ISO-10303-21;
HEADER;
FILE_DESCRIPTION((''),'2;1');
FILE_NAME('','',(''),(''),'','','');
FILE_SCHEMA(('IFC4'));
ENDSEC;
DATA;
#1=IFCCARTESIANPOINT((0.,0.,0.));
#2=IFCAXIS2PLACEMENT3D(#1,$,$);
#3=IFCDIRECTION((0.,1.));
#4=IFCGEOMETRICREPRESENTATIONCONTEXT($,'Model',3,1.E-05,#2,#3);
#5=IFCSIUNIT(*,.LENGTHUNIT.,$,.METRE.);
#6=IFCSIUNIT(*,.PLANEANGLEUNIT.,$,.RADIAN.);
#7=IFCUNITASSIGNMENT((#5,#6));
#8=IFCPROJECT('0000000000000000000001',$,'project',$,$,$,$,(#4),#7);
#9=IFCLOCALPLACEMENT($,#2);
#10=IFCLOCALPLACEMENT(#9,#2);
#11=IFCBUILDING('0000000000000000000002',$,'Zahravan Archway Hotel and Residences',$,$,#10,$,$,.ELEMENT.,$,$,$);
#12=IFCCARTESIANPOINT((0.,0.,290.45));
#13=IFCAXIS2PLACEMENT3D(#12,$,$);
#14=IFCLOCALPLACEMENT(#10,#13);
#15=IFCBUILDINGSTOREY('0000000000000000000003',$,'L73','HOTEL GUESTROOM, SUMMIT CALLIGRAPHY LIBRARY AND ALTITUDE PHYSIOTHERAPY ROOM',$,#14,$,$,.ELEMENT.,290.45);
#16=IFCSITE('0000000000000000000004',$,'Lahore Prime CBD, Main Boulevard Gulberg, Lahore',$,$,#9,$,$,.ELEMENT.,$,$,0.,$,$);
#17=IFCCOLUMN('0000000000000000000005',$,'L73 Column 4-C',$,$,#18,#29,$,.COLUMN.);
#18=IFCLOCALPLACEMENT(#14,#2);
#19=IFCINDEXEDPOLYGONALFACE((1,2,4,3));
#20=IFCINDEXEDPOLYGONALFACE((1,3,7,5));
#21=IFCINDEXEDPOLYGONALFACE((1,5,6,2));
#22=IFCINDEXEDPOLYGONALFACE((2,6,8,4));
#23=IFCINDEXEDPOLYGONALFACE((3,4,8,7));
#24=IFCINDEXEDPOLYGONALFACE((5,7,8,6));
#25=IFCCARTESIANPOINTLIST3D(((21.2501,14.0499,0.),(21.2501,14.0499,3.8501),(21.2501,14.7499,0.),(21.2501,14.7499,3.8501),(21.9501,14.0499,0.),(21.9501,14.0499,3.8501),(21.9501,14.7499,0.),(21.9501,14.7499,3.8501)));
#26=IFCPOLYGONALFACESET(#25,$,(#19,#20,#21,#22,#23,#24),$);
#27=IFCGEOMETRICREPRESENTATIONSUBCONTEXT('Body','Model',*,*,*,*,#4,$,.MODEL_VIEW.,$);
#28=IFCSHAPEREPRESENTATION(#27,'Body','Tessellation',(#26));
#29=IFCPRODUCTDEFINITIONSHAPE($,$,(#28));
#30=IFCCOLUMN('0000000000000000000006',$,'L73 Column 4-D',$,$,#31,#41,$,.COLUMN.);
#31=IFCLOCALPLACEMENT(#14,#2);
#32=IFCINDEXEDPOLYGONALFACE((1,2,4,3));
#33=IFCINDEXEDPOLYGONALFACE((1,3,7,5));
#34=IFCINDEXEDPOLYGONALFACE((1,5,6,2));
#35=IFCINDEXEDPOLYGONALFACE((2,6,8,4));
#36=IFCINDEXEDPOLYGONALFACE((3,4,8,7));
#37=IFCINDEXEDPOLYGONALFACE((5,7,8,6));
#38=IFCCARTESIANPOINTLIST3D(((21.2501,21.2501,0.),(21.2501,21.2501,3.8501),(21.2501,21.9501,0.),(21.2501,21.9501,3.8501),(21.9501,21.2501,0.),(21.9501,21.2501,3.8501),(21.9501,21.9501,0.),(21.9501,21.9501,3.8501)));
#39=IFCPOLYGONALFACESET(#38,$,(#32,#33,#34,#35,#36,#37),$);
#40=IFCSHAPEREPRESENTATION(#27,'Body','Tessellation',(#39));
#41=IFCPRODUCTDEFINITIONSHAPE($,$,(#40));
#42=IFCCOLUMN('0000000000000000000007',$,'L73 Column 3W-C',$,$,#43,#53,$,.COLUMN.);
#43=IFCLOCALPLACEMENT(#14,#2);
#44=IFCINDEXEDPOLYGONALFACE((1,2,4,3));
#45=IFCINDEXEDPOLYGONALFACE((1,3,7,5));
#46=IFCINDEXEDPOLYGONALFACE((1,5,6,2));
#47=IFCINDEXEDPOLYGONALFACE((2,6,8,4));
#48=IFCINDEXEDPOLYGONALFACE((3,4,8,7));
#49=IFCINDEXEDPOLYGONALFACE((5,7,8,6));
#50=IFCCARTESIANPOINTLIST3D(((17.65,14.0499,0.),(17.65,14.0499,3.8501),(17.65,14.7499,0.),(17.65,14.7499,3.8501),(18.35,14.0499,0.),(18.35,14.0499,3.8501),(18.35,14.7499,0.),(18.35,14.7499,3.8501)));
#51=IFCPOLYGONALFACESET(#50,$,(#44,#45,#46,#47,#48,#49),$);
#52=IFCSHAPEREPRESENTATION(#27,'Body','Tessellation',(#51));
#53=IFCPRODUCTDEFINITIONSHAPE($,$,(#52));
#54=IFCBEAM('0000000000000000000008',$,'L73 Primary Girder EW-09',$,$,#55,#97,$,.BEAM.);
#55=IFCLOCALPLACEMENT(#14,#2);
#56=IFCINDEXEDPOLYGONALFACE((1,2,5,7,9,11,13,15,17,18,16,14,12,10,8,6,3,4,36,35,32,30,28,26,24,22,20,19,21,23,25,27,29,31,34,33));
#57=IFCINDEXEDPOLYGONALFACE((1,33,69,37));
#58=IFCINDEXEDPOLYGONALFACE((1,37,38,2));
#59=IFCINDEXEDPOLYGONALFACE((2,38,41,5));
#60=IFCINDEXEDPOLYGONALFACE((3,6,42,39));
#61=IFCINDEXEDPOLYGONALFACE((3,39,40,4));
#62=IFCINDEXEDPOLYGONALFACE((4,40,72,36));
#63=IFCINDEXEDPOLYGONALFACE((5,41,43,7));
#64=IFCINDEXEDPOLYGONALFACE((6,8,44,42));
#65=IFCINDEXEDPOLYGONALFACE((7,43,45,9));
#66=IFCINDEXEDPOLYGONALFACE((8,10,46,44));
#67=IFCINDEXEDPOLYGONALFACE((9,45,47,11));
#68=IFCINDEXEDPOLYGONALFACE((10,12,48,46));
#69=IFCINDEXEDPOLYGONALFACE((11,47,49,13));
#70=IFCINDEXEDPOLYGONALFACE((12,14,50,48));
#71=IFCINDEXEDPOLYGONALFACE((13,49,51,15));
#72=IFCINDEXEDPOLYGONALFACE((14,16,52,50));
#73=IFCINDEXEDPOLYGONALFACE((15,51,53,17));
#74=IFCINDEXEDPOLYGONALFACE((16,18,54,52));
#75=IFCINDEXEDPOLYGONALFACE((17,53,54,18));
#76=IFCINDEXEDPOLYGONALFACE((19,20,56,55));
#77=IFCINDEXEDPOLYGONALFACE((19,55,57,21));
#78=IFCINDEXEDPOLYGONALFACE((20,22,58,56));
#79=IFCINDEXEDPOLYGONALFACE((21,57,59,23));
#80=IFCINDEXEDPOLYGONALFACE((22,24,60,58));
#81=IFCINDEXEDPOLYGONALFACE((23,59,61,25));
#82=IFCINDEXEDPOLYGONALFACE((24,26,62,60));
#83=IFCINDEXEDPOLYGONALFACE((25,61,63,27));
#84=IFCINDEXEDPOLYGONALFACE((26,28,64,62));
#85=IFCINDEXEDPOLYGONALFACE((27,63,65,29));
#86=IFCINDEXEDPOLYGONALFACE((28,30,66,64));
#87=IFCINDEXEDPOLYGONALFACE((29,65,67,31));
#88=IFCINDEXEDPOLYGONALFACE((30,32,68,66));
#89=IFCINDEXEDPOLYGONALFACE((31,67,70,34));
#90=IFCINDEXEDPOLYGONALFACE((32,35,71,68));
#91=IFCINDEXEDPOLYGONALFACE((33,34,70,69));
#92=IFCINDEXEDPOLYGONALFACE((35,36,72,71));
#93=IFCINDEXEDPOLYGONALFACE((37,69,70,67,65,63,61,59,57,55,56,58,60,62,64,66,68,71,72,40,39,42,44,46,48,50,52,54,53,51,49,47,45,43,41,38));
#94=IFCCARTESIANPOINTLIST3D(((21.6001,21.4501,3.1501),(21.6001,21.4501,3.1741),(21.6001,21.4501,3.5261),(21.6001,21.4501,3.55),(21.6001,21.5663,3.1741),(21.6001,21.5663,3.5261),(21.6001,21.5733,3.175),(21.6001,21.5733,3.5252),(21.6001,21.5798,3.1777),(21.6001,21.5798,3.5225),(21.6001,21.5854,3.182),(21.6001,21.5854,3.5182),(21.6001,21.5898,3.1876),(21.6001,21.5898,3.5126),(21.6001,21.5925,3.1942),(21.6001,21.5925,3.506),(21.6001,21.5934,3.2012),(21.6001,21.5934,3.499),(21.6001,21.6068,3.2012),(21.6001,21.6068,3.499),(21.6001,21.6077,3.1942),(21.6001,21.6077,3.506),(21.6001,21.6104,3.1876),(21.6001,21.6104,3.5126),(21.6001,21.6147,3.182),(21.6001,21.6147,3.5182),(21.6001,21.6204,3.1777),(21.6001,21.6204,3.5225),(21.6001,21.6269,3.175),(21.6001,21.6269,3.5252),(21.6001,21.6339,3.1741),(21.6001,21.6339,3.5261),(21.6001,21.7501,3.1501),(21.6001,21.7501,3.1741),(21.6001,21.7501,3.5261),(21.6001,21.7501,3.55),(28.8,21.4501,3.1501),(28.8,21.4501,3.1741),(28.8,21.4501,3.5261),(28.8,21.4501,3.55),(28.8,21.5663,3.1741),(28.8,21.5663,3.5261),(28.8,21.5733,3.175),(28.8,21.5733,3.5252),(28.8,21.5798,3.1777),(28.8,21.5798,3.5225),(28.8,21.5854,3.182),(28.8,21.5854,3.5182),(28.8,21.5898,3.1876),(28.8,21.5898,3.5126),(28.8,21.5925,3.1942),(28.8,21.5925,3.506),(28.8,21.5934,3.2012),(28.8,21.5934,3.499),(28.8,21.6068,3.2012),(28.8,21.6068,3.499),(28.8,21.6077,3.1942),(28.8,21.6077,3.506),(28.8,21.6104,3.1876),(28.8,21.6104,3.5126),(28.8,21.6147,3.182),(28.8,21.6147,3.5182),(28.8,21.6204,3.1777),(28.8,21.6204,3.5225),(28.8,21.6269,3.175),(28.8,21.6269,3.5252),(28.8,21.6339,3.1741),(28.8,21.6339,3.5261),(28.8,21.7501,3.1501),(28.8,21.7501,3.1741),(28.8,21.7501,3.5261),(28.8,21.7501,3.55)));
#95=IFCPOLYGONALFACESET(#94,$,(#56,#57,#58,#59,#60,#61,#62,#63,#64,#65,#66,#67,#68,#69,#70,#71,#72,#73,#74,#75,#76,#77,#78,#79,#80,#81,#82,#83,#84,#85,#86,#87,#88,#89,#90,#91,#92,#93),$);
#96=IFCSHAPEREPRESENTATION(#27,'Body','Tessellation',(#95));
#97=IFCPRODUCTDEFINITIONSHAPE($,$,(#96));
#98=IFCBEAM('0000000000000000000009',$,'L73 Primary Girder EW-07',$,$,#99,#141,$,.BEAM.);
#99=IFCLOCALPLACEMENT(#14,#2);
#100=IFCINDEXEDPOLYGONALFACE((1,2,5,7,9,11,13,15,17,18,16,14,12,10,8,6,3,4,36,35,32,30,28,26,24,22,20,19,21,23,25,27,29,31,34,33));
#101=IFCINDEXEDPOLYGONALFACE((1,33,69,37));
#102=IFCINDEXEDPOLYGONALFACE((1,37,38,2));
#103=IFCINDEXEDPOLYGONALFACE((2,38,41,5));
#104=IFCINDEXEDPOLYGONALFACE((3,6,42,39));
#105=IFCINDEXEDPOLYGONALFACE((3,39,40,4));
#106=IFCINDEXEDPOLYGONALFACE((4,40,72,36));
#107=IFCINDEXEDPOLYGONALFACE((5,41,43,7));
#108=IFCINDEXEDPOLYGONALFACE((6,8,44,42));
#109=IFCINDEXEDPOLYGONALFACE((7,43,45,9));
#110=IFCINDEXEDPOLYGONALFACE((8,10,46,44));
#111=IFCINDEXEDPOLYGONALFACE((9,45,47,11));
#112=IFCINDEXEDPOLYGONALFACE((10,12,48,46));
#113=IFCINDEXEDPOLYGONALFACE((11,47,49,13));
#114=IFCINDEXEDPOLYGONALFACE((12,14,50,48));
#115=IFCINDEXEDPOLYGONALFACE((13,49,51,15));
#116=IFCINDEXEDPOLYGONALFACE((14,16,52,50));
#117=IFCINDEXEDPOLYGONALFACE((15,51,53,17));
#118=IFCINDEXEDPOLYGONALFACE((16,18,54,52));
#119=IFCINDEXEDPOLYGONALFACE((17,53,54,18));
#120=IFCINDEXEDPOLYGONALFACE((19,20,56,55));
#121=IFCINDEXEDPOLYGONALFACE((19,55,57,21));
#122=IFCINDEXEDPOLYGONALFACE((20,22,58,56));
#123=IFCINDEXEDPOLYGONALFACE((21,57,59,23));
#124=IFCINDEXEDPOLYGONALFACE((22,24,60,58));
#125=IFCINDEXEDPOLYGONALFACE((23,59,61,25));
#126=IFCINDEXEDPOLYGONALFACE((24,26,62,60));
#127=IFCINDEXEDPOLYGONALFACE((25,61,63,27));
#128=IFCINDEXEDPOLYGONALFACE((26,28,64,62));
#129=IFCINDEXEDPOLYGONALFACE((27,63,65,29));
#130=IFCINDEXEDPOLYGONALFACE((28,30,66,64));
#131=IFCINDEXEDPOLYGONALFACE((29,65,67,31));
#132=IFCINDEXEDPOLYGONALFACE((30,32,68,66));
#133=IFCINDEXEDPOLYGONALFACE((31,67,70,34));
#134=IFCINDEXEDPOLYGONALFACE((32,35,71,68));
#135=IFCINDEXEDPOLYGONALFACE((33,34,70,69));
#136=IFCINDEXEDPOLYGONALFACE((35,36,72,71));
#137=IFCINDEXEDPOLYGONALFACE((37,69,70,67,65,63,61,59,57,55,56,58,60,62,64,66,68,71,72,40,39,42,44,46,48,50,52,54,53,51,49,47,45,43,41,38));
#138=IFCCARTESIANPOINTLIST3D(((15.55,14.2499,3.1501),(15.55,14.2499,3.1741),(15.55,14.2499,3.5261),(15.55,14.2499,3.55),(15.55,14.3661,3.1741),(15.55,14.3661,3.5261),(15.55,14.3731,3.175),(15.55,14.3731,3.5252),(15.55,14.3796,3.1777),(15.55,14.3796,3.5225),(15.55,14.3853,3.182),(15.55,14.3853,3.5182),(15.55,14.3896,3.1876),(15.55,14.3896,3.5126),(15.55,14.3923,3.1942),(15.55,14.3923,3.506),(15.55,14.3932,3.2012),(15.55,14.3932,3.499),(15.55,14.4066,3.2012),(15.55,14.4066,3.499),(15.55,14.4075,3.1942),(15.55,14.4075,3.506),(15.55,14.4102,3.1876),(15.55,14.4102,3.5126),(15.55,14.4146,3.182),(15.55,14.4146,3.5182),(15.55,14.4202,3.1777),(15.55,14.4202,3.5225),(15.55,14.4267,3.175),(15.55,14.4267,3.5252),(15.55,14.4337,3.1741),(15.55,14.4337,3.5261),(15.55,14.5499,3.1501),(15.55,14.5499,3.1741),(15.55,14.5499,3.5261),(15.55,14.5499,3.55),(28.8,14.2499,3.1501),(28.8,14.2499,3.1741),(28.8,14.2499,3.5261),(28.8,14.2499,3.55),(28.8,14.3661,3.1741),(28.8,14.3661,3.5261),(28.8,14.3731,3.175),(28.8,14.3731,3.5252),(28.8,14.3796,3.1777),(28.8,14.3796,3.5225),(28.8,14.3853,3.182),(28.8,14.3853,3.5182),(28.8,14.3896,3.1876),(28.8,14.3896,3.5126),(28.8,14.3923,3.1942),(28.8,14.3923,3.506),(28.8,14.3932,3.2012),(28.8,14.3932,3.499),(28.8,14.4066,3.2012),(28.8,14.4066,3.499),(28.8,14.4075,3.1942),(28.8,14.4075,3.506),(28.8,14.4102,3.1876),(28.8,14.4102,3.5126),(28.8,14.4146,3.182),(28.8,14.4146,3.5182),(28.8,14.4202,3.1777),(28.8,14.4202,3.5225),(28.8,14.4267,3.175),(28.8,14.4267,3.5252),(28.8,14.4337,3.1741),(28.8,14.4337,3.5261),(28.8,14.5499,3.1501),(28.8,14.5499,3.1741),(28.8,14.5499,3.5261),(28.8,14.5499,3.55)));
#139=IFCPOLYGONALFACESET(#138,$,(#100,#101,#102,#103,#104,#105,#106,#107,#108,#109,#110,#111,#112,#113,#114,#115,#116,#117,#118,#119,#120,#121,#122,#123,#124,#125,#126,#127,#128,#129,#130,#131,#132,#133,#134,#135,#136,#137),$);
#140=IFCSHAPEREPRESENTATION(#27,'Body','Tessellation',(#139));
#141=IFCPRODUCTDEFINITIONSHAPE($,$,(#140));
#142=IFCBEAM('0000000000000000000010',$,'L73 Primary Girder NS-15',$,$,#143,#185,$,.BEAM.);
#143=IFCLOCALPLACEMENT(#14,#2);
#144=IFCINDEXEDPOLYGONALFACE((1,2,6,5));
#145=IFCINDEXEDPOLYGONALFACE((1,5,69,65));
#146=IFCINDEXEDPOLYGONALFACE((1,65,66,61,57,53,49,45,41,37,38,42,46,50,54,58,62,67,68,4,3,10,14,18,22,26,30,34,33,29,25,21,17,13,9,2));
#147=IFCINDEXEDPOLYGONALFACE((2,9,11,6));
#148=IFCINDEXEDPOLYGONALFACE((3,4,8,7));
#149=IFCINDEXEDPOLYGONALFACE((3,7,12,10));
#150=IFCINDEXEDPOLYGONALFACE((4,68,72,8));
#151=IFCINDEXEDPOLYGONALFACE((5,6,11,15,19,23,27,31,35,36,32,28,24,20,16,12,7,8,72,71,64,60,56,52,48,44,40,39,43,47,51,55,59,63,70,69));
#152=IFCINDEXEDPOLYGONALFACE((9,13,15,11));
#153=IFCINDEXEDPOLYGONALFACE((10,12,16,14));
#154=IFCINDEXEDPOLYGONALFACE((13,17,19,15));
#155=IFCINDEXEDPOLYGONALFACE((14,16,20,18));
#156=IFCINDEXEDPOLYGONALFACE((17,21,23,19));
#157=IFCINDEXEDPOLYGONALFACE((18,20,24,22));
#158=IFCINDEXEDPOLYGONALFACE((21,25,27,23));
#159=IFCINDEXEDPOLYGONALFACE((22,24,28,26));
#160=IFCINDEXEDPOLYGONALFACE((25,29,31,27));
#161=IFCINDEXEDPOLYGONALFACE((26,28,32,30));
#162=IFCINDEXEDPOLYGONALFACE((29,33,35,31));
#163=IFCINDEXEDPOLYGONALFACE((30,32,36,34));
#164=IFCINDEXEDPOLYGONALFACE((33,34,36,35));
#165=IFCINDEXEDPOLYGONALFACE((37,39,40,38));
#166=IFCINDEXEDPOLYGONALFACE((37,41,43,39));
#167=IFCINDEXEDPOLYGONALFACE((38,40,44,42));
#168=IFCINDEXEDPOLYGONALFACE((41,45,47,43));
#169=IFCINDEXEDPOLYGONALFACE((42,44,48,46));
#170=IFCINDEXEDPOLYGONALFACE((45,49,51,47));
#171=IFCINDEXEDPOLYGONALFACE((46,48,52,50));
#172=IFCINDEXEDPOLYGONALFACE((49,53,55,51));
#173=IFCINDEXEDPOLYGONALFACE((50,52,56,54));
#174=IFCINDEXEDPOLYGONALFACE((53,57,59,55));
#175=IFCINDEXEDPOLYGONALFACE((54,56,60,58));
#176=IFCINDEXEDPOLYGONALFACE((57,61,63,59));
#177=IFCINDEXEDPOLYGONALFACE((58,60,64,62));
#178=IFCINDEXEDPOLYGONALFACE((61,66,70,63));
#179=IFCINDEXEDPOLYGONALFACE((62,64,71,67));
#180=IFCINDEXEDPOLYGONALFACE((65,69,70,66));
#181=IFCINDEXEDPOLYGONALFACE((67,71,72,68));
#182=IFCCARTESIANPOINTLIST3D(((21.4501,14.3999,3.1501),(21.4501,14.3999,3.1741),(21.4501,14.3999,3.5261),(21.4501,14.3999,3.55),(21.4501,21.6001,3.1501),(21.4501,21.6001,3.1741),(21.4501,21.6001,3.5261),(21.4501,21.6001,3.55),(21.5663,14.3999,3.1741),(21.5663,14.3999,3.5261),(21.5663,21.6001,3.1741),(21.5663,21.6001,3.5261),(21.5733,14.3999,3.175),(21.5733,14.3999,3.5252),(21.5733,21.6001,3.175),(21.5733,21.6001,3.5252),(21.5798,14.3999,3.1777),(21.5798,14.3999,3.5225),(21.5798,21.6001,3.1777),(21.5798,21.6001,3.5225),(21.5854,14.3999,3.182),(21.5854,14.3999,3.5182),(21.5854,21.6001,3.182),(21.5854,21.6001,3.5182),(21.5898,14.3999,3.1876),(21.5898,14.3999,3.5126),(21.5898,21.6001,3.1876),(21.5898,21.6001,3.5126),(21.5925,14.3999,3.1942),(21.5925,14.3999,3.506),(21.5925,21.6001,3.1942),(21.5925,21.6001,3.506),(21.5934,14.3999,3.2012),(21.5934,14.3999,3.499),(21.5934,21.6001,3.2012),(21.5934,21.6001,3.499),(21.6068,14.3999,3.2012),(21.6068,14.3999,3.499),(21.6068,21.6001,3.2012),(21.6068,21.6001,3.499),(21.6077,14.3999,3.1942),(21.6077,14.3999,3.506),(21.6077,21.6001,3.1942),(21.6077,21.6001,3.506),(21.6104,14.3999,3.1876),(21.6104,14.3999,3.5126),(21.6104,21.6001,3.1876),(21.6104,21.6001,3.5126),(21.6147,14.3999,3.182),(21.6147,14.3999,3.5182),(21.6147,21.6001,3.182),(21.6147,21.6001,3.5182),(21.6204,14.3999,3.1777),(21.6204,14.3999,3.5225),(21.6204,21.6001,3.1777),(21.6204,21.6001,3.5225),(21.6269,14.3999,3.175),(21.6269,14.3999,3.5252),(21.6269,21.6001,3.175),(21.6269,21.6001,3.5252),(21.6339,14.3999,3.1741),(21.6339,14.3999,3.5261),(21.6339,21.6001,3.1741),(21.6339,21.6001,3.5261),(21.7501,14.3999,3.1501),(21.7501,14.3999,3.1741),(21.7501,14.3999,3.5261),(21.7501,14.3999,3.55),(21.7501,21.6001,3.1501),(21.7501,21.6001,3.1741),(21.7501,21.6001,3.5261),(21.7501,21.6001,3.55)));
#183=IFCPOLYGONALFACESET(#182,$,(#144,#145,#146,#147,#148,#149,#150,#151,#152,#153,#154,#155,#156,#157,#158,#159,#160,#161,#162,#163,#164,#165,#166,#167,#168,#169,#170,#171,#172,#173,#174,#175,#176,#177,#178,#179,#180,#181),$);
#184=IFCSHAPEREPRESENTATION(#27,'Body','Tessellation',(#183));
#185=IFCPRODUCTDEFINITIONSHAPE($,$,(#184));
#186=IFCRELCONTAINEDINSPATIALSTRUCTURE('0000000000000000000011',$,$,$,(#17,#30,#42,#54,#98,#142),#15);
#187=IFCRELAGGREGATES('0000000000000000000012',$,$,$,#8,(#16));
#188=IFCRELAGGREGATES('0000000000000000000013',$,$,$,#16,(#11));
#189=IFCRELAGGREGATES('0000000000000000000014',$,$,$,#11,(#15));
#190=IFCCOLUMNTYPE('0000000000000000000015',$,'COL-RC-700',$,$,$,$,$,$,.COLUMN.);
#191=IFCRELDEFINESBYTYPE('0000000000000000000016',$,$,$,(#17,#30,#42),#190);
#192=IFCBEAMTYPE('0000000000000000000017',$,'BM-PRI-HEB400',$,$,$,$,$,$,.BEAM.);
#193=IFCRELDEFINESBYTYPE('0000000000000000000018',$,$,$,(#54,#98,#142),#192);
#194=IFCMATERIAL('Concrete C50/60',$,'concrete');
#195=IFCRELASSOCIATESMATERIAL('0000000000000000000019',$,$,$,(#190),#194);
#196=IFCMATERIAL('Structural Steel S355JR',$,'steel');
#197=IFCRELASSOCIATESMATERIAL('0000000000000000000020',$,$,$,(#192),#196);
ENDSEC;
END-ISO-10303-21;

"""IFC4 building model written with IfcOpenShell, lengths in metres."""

from ifc_helpers import new_model, si_unit, direction, frame, origin, origin_2d, place, context, subcontext, project, spatial, rectangle, i_section, extrude, source, transform, mapped, material, material_profile, profile_set, type_object, type_shapes, element, save


model = new_model("IFC4")

# Units and contexts
model_context = context("Model", 3, precision=1e-05, world=origin(), true_north=direction((0.0, 1.0)))
body_context = subcontext(model_context, "Body", "Model", "MODEL_VIEW")
ifc_project = project(units=[si_unit("LENGTHUNIT", "METRE"), si_unit("PLANEANGLEUNIT", "RADIAN")], contexts=[model_context])

# Site, building, storey
site_placement = place(None, origin())
site = spatial("IfcSite", under=ifc_project, at=site_placement, Name="Lahore Prime CBD, Main Boulevard Gulberg, Lahore", CompositionType="ELEMENT", RefElevation=0.0)
building_placement = place(site_placement, origin())
building = spatial("IfcBuilding", under=site, at=building_placement, Name="Zahravan Archway Hotel and Residences", CompositionType="ELEMENT")
storey_placement = place(building_placement, frame((0.0, 0.0, 290.45)))
storey = spatial("IfcBuildingStorey", under=building, at=storey_placement, Name="L73", Description="HOTEL GUESTROOM, SUMMIT CALLIGRAPHY LIBRARY AND ALTITUDE PHYSIOTHERAPY ROOM", CompositionType="ELEMENT", Elevation=290.45)

# Columns
ifc_material_1 = material(Name="Concrete C50/60", Category="concrete")
ifc_material_profile_1 = material_profile(ifc_material_1, rectangle(XDim=0.7, YDim=0.7, at=origin_2d()), Name="RC-COL-700x700", Category="concrete")
ifc_profile_set_1 = profile_set([ifc_material_profile_1], Name="Concrete C50/60")
column_type = type_object("IfcColumnType", Name="COL-RC-700", PredefinedType="COLUMN", material=ifc_profile_set_1)
shared_shape_1 = source(origin(), body_context, "Body", "SweptSolid", [
    extrude(rectangle(XDim=0.7, YDim=0.7, at=origin_2d()), origin(), (0.0, 0.0, 1.0), 3.8501),
])
for number, where, z_axis, x_axis, name in (
    (1, (21.6001, 14.3999, 0.0), (0.0, 0.0, 1.0), (1.0, 0.0, 0.0), "L73 Column 4-C"),
    (2, (21.6001, 21.6001, 0.0), (0.0, 0.0, 1.0), (1.0, 0.0, 0.0), "L73 Column 4-D"),
    (3, (18.0, 14.3999, 0.0), (0.0, 0.0, 1.0), (1.0, 0.0, 0.0), "L73 Column 3W-C"),
):
    element("IfcColumn", number, at=place(storey_placement, frame(where, z_axis=z_axis, x_axis=x_axis)), inside=storey, type_object=column_type, Name=name, PredefinedType="COLUMN", context=body_context, shape_type="MappedRepresentation", body=[
        mapped(shared_shape_1, transform((0.0, 0.0, 0.0), scale=1.0)),
    ])

# Beams
ifc_material_2 = material(Name="Structural Steel S355JR", Category="steel")
ifc_material_profile_2 = material_profile(ifc_material_2, i_section(OverallWidth=0.3, OverallDepth=0.3999, WebThickness=0.0134, FlangeThickness=0.0239, FilletRadius=0.0271, at=origin_2d()), Name="HEB 400", Category="steel")
ifc_profile_set_2 = profile_set([ifc_material_profile_2], Name="Structural Steel S355JR")
beam_type = type_object("IfcBeamType", Name="BM-PRI-HEB400", PredefinedType="BEAM", material=ifc_profile_set_2)
shared_shape_2 = source(origin(), body_context, "Body", "SweptSolid", [
    extrude(i_section(OverallWidth=0.3, OverallDepth=0.3999, WebThickness=0.0134, FlangeThickness=0.0239, FilletRadius=0.0271, at=origin_2d()), origin(), (0.0, 0.0, 1.0), 7.2),
])
type_shapes(beam_type, [shared_shape_2])
beam_1_placement = place(storey_placement, frame((21.6001, 21.6001, 3.3501), z_axis=(1.0, 0.0, 0.0), x_axis=(0.0, 1.0, 0.0)))
element("IfcBeam", 4, at=beam_1_placement, inside=storey, type_object=beam_type, Name="L73 Primary Girder EW-09", PredefinedType="BEAM", context=body_context, shape_type="MappedRepresentation", body=[
    mapped(shared_shape_2, transform((0.0, 0.0, 0.0), scale=1.0)),
])
shared_shape_3 = source(origin(), body_context, "Body", "SweptSolid", [
    extrude(i_section(OverallWidth=0.3, OverallDepth=0.3999, WebThickness=0.0134, FlangeThickness=0.0239, FilletRadius=0.0271, at=origin_2d()), origin(), (0.0, 0.0, 1.0), 13.25),
])
beam_2_placement = place(storey_placement, frame((15.55, 14.3999, 3.3501), z_axis=(1.0, 0.0, 0.0), x_axis=(0.0, 1.0, 0.0)))
element("IfcBeam", 5, at=beam_2_placement, inside=storey, type_object=beam_type, Name="L73 Primary Girder EW-07", PredefinedType="BEAM", context=body_context, shape_type="MappedRepresentation", body=[
    mapped(shared_shape_3, transform((0.0, 0.0, 0.0), scale=1.0)),
])
shared_shape_4 = source(origin(), body_context, "Body", "SweptSolid", [
    extrude(i_section(OverallWidth=0.3, OverallDepth=0.3999, WebThickness=0.0134, FlangeThickness=0.0239, FilletRadius=0.0271, at=origin_2d()), origin(), (0.0, 0.0, 1.0), 7.2002),
])
beam_3_placement = place(storey_placement, frame((21.6001, 14.3999, 3.3501), z_axis=(0.0, 1.0, 0.0), x_axis=(-1.0, 0.0, 0.0)))
element("IfcBeam", 6, at=beam_3_placement, inside=storey, type_object=beam_type, Name="L73 Primary Girder NS-15", PredefinedType="BEAM", context=body_context, shape_type="MappedRepresentation", body=[
    mapped(shared_shape_4, transform((0.0, 0.0, 0.0), scale=1.0)),
])

save(model, "model.ifc")
